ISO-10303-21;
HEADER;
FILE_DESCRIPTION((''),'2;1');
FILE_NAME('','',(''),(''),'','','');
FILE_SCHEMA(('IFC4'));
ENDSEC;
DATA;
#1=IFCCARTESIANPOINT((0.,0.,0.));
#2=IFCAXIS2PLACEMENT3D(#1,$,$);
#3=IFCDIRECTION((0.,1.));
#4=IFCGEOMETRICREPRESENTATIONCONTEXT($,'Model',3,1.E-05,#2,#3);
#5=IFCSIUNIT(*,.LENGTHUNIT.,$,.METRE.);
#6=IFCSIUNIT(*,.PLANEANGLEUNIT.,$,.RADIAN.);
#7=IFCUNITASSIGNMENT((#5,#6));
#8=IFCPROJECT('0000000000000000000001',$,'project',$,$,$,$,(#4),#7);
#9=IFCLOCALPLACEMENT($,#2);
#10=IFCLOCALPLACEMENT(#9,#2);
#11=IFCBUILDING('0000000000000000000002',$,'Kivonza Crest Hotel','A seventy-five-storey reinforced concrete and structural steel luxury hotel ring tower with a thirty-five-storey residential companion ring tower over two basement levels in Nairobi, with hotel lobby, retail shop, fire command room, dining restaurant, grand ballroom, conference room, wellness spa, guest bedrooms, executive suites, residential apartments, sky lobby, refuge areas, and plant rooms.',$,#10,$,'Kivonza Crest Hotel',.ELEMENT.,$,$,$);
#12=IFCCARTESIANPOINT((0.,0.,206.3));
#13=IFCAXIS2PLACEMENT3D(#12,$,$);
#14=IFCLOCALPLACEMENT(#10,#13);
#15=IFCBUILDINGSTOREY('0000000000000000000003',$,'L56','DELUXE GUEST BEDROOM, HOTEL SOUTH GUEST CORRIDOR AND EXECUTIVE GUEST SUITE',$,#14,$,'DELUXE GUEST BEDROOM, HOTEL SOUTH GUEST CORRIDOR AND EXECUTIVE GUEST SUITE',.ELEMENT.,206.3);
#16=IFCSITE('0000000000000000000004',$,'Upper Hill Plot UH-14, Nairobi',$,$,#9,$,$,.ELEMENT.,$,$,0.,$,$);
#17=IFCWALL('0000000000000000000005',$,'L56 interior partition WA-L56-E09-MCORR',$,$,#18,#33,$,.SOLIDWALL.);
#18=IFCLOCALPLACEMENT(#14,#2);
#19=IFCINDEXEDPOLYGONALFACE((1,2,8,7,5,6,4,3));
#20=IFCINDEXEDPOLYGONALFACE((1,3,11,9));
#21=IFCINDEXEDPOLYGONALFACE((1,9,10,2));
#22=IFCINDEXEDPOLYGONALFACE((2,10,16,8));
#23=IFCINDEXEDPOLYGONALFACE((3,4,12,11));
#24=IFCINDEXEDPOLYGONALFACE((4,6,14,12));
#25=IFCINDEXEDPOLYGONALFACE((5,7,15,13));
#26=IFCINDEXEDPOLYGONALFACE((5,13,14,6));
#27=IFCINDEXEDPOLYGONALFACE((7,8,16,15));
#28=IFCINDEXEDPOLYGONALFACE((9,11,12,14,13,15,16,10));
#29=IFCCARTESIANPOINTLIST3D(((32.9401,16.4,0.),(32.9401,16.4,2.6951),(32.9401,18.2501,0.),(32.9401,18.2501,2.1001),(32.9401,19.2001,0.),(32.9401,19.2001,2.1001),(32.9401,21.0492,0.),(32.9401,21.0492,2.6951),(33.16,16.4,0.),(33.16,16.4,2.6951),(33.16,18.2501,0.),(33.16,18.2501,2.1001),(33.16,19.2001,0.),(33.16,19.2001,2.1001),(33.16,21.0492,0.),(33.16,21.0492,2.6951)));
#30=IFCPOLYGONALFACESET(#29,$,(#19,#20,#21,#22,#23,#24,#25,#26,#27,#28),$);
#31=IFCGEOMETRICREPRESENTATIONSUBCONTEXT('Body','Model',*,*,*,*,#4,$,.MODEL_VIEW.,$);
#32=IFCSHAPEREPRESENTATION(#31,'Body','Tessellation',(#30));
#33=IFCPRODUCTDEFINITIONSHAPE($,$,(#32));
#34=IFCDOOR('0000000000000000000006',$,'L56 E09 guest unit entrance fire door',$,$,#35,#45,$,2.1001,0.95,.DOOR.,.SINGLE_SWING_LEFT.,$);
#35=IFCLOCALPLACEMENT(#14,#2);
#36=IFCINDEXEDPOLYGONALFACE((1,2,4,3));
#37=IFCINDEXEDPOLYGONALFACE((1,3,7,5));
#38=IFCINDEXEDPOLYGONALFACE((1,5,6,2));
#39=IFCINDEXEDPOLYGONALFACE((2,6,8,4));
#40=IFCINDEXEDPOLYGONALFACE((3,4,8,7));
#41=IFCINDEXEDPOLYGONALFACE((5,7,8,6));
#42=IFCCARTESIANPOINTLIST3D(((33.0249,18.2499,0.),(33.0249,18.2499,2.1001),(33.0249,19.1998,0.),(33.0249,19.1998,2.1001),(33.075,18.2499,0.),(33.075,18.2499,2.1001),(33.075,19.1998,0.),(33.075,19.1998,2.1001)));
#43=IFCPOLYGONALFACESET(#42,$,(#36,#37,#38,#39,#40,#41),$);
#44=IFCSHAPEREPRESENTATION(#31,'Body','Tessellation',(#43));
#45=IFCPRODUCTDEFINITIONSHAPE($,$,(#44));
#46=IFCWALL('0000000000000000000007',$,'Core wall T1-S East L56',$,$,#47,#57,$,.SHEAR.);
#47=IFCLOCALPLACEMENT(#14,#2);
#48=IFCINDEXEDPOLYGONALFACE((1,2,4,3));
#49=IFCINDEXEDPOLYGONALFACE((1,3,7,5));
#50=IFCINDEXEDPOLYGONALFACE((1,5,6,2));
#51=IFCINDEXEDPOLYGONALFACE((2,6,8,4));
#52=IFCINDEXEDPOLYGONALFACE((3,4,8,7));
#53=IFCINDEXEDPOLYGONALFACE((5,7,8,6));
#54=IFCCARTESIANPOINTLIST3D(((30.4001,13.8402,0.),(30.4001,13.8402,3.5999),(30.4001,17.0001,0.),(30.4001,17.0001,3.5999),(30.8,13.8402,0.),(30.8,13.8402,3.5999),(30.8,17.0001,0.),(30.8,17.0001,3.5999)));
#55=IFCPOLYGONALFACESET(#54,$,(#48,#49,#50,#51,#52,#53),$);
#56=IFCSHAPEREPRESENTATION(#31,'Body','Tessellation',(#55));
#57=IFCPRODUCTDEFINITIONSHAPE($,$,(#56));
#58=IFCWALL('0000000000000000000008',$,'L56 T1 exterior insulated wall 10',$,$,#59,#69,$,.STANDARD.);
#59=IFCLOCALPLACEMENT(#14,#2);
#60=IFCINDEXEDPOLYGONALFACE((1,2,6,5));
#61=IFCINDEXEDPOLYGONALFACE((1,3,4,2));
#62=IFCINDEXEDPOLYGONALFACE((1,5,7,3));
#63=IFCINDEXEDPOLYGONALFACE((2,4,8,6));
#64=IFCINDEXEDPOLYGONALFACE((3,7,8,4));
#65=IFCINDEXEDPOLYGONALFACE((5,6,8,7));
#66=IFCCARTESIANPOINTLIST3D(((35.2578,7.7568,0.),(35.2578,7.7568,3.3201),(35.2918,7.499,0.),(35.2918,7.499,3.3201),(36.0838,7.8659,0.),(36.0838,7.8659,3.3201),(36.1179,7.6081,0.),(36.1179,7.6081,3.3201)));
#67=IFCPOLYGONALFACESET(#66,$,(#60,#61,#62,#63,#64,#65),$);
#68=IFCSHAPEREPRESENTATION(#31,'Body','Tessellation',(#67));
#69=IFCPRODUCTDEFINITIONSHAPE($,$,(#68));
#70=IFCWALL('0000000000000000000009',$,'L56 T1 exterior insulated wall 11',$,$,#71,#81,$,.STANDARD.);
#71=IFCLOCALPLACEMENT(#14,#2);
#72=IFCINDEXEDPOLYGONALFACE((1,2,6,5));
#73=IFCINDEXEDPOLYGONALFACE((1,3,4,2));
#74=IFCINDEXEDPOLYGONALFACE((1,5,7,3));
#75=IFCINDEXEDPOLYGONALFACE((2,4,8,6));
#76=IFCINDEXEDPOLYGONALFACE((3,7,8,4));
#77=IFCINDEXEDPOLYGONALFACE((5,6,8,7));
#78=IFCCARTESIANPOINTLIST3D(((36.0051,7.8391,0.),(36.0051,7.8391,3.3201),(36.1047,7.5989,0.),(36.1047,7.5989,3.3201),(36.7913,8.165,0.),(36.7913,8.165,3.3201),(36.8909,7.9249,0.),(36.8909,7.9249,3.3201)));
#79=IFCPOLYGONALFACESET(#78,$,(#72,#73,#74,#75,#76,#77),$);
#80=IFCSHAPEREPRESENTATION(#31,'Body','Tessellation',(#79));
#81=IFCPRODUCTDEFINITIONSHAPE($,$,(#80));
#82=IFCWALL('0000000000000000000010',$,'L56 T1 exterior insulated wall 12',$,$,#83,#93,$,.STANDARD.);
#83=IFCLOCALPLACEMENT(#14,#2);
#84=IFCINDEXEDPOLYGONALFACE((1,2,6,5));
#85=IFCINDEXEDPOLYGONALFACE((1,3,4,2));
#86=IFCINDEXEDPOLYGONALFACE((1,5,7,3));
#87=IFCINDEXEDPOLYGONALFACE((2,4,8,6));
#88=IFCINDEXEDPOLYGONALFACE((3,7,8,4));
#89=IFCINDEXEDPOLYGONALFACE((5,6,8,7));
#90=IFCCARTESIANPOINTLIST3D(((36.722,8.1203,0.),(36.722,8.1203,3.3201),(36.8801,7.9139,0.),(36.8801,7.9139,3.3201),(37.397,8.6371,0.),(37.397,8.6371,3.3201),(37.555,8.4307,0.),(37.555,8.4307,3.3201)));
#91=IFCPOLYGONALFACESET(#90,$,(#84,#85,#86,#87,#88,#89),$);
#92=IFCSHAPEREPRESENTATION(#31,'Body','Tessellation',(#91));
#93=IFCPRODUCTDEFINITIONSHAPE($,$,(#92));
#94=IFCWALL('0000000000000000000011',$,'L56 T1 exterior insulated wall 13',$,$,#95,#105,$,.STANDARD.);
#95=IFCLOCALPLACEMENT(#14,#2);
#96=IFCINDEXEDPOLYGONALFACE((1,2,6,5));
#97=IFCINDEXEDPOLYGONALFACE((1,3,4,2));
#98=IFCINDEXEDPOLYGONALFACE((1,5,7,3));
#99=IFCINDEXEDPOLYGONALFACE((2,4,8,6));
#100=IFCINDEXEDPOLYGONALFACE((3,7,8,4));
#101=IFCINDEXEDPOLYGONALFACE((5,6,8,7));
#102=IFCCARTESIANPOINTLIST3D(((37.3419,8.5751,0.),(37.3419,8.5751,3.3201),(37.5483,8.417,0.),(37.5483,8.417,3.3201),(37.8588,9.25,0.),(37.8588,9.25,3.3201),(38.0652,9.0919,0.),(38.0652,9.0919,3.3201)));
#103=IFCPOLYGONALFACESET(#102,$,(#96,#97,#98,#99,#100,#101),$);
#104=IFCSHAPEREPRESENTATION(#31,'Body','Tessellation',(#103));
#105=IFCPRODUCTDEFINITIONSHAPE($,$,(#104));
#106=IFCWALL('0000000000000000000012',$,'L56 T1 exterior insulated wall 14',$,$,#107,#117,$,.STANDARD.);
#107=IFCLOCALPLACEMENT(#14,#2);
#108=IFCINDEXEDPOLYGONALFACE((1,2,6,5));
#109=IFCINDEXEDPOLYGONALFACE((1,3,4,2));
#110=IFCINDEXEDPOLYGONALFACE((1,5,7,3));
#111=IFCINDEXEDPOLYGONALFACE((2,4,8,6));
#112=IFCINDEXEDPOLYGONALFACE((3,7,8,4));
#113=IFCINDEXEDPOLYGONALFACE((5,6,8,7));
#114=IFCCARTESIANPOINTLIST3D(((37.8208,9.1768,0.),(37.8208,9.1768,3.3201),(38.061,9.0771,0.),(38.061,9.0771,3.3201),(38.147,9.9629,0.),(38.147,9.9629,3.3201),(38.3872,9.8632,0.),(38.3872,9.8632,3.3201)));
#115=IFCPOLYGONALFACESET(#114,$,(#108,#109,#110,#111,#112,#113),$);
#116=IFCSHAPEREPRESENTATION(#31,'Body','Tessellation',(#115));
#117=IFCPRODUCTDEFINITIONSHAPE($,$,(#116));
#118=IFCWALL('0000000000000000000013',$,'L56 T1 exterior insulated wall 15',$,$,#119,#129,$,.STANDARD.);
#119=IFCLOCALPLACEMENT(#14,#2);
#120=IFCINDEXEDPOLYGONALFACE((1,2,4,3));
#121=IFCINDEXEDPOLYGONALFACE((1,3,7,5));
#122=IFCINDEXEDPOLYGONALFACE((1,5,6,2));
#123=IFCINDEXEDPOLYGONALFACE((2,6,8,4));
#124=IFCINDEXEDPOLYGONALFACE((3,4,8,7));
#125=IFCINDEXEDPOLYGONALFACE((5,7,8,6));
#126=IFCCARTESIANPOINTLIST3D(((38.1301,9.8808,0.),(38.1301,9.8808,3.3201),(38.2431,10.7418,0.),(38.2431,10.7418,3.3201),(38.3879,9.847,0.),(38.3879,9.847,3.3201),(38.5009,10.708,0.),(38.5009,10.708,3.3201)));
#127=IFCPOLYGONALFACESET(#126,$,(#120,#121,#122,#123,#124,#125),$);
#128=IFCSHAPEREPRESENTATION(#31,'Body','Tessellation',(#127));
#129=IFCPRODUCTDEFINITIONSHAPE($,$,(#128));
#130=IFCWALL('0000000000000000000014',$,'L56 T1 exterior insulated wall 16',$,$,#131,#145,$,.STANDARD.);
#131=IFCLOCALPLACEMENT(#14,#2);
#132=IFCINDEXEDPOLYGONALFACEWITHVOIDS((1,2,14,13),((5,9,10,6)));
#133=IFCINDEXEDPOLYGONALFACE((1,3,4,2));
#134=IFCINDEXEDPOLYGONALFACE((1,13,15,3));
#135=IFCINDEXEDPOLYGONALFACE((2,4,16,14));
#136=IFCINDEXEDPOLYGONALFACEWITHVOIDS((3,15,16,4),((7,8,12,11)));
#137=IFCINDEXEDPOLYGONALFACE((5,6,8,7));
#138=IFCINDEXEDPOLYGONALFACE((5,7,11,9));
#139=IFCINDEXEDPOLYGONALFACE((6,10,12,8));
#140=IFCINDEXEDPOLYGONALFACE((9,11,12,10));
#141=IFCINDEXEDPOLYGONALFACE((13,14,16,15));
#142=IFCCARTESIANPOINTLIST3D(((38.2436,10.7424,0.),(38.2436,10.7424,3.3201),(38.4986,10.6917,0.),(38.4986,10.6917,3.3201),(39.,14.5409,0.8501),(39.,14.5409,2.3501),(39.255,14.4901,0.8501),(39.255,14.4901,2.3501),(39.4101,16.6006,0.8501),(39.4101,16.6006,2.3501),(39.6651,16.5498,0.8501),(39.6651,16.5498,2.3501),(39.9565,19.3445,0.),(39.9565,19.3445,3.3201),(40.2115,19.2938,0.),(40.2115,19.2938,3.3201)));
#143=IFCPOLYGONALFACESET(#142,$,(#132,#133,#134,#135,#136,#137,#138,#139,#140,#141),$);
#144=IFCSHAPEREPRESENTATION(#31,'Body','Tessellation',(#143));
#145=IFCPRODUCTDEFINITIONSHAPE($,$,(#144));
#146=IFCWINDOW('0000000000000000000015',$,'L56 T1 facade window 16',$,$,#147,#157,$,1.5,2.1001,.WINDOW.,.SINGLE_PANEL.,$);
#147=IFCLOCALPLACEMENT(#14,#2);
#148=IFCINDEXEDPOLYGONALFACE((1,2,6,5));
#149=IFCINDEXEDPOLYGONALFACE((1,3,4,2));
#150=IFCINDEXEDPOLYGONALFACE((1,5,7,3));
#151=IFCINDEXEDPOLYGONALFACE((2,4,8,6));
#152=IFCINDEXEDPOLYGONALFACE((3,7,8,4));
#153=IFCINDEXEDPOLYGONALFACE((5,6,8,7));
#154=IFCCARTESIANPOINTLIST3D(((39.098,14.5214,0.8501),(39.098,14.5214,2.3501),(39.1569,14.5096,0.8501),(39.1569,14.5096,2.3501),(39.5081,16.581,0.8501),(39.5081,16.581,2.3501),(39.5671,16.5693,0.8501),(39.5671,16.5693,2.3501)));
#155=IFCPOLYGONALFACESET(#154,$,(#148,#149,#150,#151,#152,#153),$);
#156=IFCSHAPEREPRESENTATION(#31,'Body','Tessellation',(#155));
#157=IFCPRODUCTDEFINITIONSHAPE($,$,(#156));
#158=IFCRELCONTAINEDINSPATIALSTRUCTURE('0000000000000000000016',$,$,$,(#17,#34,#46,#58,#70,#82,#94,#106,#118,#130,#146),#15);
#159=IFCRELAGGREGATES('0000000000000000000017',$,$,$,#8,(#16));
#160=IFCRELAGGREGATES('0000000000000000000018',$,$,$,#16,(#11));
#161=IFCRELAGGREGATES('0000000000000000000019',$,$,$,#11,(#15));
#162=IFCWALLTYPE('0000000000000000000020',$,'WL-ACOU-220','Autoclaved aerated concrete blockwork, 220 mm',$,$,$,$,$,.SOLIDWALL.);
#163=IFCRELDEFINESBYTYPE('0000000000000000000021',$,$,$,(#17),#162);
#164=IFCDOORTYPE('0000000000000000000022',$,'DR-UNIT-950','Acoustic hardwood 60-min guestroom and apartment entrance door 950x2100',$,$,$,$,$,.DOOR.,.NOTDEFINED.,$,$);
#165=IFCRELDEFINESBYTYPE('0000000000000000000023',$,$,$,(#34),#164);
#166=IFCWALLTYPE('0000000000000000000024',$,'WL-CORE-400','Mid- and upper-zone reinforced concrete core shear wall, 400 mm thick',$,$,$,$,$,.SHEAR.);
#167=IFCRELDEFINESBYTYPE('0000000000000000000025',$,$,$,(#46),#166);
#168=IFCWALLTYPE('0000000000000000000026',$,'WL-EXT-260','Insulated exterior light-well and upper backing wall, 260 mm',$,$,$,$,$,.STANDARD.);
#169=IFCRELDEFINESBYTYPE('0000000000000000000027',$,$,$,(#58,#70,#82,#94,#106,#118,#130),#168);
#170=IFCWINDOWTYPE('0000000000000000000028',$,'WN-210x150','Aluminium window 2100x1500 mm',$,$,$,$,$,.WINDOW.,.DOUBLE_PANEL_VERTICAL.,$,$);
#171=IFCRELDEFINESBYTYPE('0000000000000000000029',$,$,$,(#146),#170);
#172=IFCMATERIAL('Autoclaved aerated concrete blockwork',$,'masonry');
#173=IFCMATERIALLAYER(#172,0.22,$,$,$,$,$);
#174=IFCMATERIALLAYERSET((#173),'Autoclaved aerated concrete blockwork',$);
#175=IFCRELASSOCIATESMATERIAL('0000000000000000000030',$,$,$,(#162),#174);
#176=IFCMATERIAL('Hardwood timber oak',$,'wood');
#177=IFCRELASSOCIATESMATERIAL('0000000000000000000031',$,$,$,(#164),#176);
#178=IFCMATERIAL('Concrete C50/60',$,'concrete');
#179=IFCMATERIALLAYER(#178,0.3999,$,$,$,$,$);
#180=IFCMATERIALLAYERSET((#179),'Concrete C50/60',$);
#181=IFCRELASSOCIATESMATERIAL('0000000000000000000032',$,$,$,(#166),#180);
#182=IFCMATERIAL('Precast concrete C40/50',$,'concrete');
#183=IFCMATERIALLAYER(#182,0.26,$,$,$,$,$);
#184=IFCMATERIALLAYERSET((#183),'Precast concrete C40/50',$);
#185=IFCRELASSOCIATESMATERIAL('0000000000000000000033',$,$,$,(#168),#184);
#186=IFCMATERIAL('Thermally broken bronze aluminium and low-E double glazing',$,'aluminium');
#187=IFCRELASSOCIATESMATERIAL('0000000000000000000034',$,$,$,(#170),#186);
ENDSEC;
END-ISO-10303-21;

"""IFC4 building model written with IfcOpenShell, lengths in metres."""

from ifc_helpers import new_model, si_unit, direction, frame, frame_2d, origin, place, context, subcontext, project, spatial, rectangle, extrude, material, layer, layer_set, type_object, element, fill, save


model = new_model("IFC4")

# Units and contexts
model_context = context("Model", 3, precision=1e-05, world=origin(), true_north=direction((0.0, 1.0)))
body_context = subcontext(model_context, "Body", "Model", "MODEL_VIEW")
ifc_project = project(units=[si_unit("LENGTHUNIT", "METRE"), si_unit("PLANEANGLEUNIT", "RADIAN")], contexts=[model_context])

# Site, building, storey
site_placement = place(None, origin())
site = spatial("IfcSite", under=ifc_project, at=site_placement, Name="Upper Hill Plot UH-14, Nairobi", CompositionType="ELEMENT", RefElevation=0.0)
building_placement = place(site_placement, origin())
building = spatial("IfcBuilding", under=site, at=building_placement, Name="Kivonza Crest Hotel", Description="A seventy-five-storey reinforced concrete and structural steel luxury hotel ring tower with a thirty-five-storey residential companion ring tower over two basement levels in Nairobi, with hotel lobby, retail shop, fire command room, dining restaurant, grand ballroom, conference room, wellness spa, guest bedrooms, executive suites, residential apartments, sky lobby, refuge areas, and plant rooms.", LongName="Kivonza Crest Hotel", CompositionType="ELEMENT")
storey_placement = place(building_placement, frame((0.0, 0.0, 206.3)))
storey = spatial("IfcBuildingStorey", under=building, at=storey_placement, Name="L56", Description="DELUXE GUEST BEDROOM, HOTEL SOUTH GUEST CORRIDOR AND EXECUTIVE GUEST SUITE", LongName="DELUXE GUEST BEDROOM, HOTEL SOUTH GUEST CORRIDOR AND EXECUTIVE GUEST SUITE", CompositionType="ELEMENT", Elevation=206.3)

# Shared definitions
ifc_material_1 = material(Name="Concrete C50/60", Category="concrete")

# Shared definitions
ifc_material_2 = material(Name="Autoclaved aerated concrete blockwork", Category="masonry")
ifc_layer_1 = layer(ifc_material_2, 0.22)
ifc_layer_set_1 = layer_set([ifc_layer_1], Name="Autoclaved aerated concrete blockwork")
wall_type_1 = type_object("IfcWallType", Name="WL-ACOU-220", Description="Autoclaved aerated concrete blockwork, 220 mm", PredefinedType="SOLIDWALL", material=ifc_layer_set_1)
ifc_material_3 = material(Name="Hardwood timber oak", Category="wood")

# Wall, opening, door
wall_1_placement = place(storey_placement, frame((33.05, 16.3999, 0.0), z_axis=(0.0, 0.0, 1.0), x_axis=(0.0, 1.0, 0.0)))
wall_1 = element("IfcWall", 1, at=wall_1_placement, inside=storey, type_object=wall_type_1, Name="L56 interior partition WA-L56-E09-MCORR", PredefinedType="SOLIDWALL", context=body_context, shape_type="SweptSolid", body=[
    extrude(rectangle(XDim=4.6492, YDim=0.22, at=frame_2d((2.3247, 0.0))), origin(), (0.0, 0.0, 1.0), 2.6951),
])
opening_1_placement = place(wall_1_placement, frame((1.8501, 0.0, 0.0)))
opening_1 = element("IfcOpeningElement", 2, at=opening_1_placement, cuts=wall_1, PredefinedType="OPENING", context=body_context, shape_type="SweptSolid", body=[
    extrude(rectangle(XDim=0.95, YDim=2.1001, at=frame_2d((0.4751, 1.05))), frame((0.0, 0.1201, 0.0), z_axis=(0.0, -1.0, 0.0), x_axis=(1.0, 0.0, 0.0)), (0.0, 0.0, 1.0), 0.24),
])
door_type_1 = type_object("IfcDoorType", Name="DR-UNIT-950", Description="Acoustic hardwood 60-min guestroom and apartment entrance door 950x2100", OperationType="NOTDEFINED", PredefinedType="DOOR", material=ifc_material_3)
door_1_placement = place(opening_1_placement, frame((0.95, 0.0, 0.0), z_axis=(0.0, 0.0, 1.0), x_axis=(-1.0, 0.0, 0.0)))
door_1 = element("IfcDoor", 3, at=door_1_placement, inside=storey, type_object=door_type_1, Name="L56 E09 guest unit entrance fire door", OperationType="SINGLE_SWING_LEFT", OverallHeight=2.1001, OverallWidth=0.95, PredefinedType="DOOR", context=body_context, shape_type="SweptSolid", body=[
    extrude(rectangle(XDim=0.95, YDim=2.1001, at=frame_2d((0.4751, 1.05))), frame((0.0, 0.0249, 0.0), z_axis=(0.0, -1.0, 0.0), x_axis=(1.0, 0.0, 0.0)), (0.0, 0.0, 1.0), 0.05),
])
fill(opening_1, door_1)

# Walls
ifc_layer_2 = layer(ifc_material_1, 0.3999)
ifc_layer_set_2 = layer_set([ifc_layer_2], Name="Concrete C50/60")
wall_type_2 = type_object("IfcWallType", Name="WL-CORE-400", Description="Mid- and upper-zone reinforced concrete core shear wall, 400 mm thick", PredefinedType="SHEAR", material=ifc_layer_set_2)
wall_2_placement = place(storey_placement, frame((30.6001, 13.8401, 0.0), z_axis=(0.0, 0.0, 1.0), x_axis=(0.0, 1.0, 0.0)))
element("IfcWall", 4, at=wall_2_placement, inside=storey, type_object=wall_type_2, Name="Core wall T1-S East L56", PredefinedType="SHEAR", context=body_context, shape_type="SweptSolid", body=[
    extrude(rectangle(XDim=3.1599, YDim=0.3999, at=frame_2d((1.5801, 0.0))), origin(), (0.0, 0.0, 1.0), 3.5999),
])
ifc_material_4 = material(Name="Precast concrete C40/50", Category="concrete")
ifc_layer_3 = layer(ifc_material_4, 0.26)
ifc_layer_set_3 = layer_set([ifc_layer_3], Name="Precast concrete C40/50")
wall_type_3 = type_object("IfcWallType", Name="WL-EXT-260", Description="Insulated exterior light-well and upper backing wall, 260 mm", PredefinedType="STANDARD", material=ifc_layer_set_3)
wall_3_placement = place(storey_placement, frame((35.2749, 7.6279, 0.0), z_axis=(0.0, 0.0, 1.0), x_axis=(0.991388, 0.130955, 0.0)))
element("IfcWall", 5, at=wall_3_placement, inside=storey, type_object=wall_type_3, Name="L56 T1 exterior insulated wall 10", PredefinedType="STANDARD", context=body_context, shape_type="SweptSolid", body=[
    extrude(rectangle(XDim=0.8333, YDim=0.26, at=frame_2d((0.4165, 0.0))), origin(), (0.0, 0.0, 1.0), 3.3201),
])
wall_4_placement = place(storey_placement, frame((36.0549, 7.719, 0.0), z_axis=(0.0, 0.0, 1.0), x_axis=(0.923754, 0.382985, 0.0)))
element("IfcWall", 6, at=wall_4_placement, inside=storey, type_object=wall_type_3, Name="L56 T1 exterior insulated wall 11", PredefinedType="STANDARD", context=body_context, shape_type="SweptSolid", body=[
    extrude(rectangle(XDim=0.8511, YDim=0.26, at=frame_2d((0.4255, 0.0))), origin(), (0.0, 0.0, 1.0), 3.3201),
])
for number, where, z_axis, x_axis, name in (
    (7, (36.801, 8.0171, 0.0), (0.0, 0.0, 1.0), (0.793999, 0.607919, 0.0), "L56 T1 exterior insulated wall 12"),
    (8, (37.4451, 8.4961, 0.0), (0.0, 0.0, 1.0), (0.608058, 0.793893, 0.0), "L56 T1 exterior insulated wall 13"),
):
    element("IfcWall", number, at=place(storey_placement, frame(where, z_axis=z_axis, x_axis=x_axis)), inside=storey, type_object=wall_type_3, Name=name, PredefinedType="STANDARD", context=body_context, shape_type="SweptSolid", body=[
        extrude(rectangle(XDim=0.8501, YDim=0.26, at=frame_2d((0.425, 0.0))), origin(), (0.0, 0.0, 1.0), 3.3201),
    ])
wall_5_placement = place(storey_placement, frame((37.9409, 9.127, 0.0), z_axis=(0.0, 0.0, 1.0), x_axis=(0.38323, 0.923653, 0.0)))
element("IfcWall", 9, at=wall_5_placement, inside=storey, type_object=wall_type_3, Name="L56 T1 exterior insulated wall 14", PredefinedType="STANDARD", context=body_context, shape_type="SweptSolid", body=[
    extrude(rectangle(XDim=0.8511, YDim=0.26, at=frame_2d((0.4255, 0.0))), origin(), (0.0, 0.0, 1.0), 3.3201),
])
wall_6_placement = place(storey_placement, frame((38.259, 9.864, 0.0), z_axis=(0.0, 0.0, 1.0), x_axis=(0.130156, 0.991493, 0.0)))
element("IfcWall", 10, at=wall_6_placement, inside=storey, type_object=wall_type_3, Name="L56 T1 exterior insulated wall 15", PredefinedType="STANDARD", context=body_context, shape_type="SweptSolid", body=[
    extrude(rectangle(XDim=0.8684, YDim=0.26, at=frame_2d((0.4341, 0.0))), origin(), (0.0, 0.0, 1.0), 3.3201),
])

# Wall, opening, window
wall_7_placement = place(storey_placement, frame((38.3711, 10.717, 0.0), z_axis=(0.0, 0.0, 1.0), x_axis=(0.195292, 0.980745, 0.0)))
wall_7 = element("IfcWall", 11, at=wall_7_placement, inside=storey, type_object=wall_type_3, Name="L56 T1 exterior insulated wall 16", PredefinedType="STANDARD", context=body_context, shape_type="SweptSolid", body=[
    extrude(rectangle(XDim=8.771, YDim=0.26, at=frame_2d((4.3855, 0.0))), origin(), (0.0, 0.0, 1.0), 3.3201),
])
opening_2_placement = place(wall_7_placement, frame((3.873, 0.0, 0.8501)))
opening_2 = element("IfcOpeningElement", 12, at=opening_2_placement, cuts=wall_7, PredefinedType="OPENING", context=body_context, shape_type="SweptSolid", body=[
    extrude(rectangle(XDim=2.1001, YDim=1.5, at=frame_2d((1.05, 0.75))), frame((0.0, 0.1401, 0.0), z_axis=(0.0, -1.0, 0.0), x_axis=(1.0, 0.0, 0.0)), (0.0, 0.0, 1.0), 0.28),
])
ifc_material_5 = material(Name="Thermally broken bronze aluminium and low-E double glazing", Category="aluminium")
window_type = type_object("IfcWindowType", Name="WN-210x150", Description="Aluminium window 2100x1500 mm", PartitioningType="DOUBLE_PANEL_VERTICAL", PredefinedType="WINDOW", material=ifc_material_5)
window_placement = place(opening_2_placement, origin())
window = element("IfcWindow", 13, at=window_placement, inside=storey, type_object=window_type, Name="L56 T1 facade window 16", OverallHeight=1.5, OverallWidth=2.1001, PartitioningType="SINGLE_PANEL", PredefinedType="WINDOW", context=body_context, shape_type="SweptSolid", body=[
    extrude(rectangle(XDim=2.1001, YDim=1.5, at=frame_2d((1.05, 0.75))), frame((0.0, 0.03, 0.0), z_axis=(0.0, -1.0, 0.0), x_axis=(1.0, 0.0, 0.0)), (0.0, 0.0, 1.0), 0.0601),
])
fill(opening_2, window)

save(model, "model.ifc")
